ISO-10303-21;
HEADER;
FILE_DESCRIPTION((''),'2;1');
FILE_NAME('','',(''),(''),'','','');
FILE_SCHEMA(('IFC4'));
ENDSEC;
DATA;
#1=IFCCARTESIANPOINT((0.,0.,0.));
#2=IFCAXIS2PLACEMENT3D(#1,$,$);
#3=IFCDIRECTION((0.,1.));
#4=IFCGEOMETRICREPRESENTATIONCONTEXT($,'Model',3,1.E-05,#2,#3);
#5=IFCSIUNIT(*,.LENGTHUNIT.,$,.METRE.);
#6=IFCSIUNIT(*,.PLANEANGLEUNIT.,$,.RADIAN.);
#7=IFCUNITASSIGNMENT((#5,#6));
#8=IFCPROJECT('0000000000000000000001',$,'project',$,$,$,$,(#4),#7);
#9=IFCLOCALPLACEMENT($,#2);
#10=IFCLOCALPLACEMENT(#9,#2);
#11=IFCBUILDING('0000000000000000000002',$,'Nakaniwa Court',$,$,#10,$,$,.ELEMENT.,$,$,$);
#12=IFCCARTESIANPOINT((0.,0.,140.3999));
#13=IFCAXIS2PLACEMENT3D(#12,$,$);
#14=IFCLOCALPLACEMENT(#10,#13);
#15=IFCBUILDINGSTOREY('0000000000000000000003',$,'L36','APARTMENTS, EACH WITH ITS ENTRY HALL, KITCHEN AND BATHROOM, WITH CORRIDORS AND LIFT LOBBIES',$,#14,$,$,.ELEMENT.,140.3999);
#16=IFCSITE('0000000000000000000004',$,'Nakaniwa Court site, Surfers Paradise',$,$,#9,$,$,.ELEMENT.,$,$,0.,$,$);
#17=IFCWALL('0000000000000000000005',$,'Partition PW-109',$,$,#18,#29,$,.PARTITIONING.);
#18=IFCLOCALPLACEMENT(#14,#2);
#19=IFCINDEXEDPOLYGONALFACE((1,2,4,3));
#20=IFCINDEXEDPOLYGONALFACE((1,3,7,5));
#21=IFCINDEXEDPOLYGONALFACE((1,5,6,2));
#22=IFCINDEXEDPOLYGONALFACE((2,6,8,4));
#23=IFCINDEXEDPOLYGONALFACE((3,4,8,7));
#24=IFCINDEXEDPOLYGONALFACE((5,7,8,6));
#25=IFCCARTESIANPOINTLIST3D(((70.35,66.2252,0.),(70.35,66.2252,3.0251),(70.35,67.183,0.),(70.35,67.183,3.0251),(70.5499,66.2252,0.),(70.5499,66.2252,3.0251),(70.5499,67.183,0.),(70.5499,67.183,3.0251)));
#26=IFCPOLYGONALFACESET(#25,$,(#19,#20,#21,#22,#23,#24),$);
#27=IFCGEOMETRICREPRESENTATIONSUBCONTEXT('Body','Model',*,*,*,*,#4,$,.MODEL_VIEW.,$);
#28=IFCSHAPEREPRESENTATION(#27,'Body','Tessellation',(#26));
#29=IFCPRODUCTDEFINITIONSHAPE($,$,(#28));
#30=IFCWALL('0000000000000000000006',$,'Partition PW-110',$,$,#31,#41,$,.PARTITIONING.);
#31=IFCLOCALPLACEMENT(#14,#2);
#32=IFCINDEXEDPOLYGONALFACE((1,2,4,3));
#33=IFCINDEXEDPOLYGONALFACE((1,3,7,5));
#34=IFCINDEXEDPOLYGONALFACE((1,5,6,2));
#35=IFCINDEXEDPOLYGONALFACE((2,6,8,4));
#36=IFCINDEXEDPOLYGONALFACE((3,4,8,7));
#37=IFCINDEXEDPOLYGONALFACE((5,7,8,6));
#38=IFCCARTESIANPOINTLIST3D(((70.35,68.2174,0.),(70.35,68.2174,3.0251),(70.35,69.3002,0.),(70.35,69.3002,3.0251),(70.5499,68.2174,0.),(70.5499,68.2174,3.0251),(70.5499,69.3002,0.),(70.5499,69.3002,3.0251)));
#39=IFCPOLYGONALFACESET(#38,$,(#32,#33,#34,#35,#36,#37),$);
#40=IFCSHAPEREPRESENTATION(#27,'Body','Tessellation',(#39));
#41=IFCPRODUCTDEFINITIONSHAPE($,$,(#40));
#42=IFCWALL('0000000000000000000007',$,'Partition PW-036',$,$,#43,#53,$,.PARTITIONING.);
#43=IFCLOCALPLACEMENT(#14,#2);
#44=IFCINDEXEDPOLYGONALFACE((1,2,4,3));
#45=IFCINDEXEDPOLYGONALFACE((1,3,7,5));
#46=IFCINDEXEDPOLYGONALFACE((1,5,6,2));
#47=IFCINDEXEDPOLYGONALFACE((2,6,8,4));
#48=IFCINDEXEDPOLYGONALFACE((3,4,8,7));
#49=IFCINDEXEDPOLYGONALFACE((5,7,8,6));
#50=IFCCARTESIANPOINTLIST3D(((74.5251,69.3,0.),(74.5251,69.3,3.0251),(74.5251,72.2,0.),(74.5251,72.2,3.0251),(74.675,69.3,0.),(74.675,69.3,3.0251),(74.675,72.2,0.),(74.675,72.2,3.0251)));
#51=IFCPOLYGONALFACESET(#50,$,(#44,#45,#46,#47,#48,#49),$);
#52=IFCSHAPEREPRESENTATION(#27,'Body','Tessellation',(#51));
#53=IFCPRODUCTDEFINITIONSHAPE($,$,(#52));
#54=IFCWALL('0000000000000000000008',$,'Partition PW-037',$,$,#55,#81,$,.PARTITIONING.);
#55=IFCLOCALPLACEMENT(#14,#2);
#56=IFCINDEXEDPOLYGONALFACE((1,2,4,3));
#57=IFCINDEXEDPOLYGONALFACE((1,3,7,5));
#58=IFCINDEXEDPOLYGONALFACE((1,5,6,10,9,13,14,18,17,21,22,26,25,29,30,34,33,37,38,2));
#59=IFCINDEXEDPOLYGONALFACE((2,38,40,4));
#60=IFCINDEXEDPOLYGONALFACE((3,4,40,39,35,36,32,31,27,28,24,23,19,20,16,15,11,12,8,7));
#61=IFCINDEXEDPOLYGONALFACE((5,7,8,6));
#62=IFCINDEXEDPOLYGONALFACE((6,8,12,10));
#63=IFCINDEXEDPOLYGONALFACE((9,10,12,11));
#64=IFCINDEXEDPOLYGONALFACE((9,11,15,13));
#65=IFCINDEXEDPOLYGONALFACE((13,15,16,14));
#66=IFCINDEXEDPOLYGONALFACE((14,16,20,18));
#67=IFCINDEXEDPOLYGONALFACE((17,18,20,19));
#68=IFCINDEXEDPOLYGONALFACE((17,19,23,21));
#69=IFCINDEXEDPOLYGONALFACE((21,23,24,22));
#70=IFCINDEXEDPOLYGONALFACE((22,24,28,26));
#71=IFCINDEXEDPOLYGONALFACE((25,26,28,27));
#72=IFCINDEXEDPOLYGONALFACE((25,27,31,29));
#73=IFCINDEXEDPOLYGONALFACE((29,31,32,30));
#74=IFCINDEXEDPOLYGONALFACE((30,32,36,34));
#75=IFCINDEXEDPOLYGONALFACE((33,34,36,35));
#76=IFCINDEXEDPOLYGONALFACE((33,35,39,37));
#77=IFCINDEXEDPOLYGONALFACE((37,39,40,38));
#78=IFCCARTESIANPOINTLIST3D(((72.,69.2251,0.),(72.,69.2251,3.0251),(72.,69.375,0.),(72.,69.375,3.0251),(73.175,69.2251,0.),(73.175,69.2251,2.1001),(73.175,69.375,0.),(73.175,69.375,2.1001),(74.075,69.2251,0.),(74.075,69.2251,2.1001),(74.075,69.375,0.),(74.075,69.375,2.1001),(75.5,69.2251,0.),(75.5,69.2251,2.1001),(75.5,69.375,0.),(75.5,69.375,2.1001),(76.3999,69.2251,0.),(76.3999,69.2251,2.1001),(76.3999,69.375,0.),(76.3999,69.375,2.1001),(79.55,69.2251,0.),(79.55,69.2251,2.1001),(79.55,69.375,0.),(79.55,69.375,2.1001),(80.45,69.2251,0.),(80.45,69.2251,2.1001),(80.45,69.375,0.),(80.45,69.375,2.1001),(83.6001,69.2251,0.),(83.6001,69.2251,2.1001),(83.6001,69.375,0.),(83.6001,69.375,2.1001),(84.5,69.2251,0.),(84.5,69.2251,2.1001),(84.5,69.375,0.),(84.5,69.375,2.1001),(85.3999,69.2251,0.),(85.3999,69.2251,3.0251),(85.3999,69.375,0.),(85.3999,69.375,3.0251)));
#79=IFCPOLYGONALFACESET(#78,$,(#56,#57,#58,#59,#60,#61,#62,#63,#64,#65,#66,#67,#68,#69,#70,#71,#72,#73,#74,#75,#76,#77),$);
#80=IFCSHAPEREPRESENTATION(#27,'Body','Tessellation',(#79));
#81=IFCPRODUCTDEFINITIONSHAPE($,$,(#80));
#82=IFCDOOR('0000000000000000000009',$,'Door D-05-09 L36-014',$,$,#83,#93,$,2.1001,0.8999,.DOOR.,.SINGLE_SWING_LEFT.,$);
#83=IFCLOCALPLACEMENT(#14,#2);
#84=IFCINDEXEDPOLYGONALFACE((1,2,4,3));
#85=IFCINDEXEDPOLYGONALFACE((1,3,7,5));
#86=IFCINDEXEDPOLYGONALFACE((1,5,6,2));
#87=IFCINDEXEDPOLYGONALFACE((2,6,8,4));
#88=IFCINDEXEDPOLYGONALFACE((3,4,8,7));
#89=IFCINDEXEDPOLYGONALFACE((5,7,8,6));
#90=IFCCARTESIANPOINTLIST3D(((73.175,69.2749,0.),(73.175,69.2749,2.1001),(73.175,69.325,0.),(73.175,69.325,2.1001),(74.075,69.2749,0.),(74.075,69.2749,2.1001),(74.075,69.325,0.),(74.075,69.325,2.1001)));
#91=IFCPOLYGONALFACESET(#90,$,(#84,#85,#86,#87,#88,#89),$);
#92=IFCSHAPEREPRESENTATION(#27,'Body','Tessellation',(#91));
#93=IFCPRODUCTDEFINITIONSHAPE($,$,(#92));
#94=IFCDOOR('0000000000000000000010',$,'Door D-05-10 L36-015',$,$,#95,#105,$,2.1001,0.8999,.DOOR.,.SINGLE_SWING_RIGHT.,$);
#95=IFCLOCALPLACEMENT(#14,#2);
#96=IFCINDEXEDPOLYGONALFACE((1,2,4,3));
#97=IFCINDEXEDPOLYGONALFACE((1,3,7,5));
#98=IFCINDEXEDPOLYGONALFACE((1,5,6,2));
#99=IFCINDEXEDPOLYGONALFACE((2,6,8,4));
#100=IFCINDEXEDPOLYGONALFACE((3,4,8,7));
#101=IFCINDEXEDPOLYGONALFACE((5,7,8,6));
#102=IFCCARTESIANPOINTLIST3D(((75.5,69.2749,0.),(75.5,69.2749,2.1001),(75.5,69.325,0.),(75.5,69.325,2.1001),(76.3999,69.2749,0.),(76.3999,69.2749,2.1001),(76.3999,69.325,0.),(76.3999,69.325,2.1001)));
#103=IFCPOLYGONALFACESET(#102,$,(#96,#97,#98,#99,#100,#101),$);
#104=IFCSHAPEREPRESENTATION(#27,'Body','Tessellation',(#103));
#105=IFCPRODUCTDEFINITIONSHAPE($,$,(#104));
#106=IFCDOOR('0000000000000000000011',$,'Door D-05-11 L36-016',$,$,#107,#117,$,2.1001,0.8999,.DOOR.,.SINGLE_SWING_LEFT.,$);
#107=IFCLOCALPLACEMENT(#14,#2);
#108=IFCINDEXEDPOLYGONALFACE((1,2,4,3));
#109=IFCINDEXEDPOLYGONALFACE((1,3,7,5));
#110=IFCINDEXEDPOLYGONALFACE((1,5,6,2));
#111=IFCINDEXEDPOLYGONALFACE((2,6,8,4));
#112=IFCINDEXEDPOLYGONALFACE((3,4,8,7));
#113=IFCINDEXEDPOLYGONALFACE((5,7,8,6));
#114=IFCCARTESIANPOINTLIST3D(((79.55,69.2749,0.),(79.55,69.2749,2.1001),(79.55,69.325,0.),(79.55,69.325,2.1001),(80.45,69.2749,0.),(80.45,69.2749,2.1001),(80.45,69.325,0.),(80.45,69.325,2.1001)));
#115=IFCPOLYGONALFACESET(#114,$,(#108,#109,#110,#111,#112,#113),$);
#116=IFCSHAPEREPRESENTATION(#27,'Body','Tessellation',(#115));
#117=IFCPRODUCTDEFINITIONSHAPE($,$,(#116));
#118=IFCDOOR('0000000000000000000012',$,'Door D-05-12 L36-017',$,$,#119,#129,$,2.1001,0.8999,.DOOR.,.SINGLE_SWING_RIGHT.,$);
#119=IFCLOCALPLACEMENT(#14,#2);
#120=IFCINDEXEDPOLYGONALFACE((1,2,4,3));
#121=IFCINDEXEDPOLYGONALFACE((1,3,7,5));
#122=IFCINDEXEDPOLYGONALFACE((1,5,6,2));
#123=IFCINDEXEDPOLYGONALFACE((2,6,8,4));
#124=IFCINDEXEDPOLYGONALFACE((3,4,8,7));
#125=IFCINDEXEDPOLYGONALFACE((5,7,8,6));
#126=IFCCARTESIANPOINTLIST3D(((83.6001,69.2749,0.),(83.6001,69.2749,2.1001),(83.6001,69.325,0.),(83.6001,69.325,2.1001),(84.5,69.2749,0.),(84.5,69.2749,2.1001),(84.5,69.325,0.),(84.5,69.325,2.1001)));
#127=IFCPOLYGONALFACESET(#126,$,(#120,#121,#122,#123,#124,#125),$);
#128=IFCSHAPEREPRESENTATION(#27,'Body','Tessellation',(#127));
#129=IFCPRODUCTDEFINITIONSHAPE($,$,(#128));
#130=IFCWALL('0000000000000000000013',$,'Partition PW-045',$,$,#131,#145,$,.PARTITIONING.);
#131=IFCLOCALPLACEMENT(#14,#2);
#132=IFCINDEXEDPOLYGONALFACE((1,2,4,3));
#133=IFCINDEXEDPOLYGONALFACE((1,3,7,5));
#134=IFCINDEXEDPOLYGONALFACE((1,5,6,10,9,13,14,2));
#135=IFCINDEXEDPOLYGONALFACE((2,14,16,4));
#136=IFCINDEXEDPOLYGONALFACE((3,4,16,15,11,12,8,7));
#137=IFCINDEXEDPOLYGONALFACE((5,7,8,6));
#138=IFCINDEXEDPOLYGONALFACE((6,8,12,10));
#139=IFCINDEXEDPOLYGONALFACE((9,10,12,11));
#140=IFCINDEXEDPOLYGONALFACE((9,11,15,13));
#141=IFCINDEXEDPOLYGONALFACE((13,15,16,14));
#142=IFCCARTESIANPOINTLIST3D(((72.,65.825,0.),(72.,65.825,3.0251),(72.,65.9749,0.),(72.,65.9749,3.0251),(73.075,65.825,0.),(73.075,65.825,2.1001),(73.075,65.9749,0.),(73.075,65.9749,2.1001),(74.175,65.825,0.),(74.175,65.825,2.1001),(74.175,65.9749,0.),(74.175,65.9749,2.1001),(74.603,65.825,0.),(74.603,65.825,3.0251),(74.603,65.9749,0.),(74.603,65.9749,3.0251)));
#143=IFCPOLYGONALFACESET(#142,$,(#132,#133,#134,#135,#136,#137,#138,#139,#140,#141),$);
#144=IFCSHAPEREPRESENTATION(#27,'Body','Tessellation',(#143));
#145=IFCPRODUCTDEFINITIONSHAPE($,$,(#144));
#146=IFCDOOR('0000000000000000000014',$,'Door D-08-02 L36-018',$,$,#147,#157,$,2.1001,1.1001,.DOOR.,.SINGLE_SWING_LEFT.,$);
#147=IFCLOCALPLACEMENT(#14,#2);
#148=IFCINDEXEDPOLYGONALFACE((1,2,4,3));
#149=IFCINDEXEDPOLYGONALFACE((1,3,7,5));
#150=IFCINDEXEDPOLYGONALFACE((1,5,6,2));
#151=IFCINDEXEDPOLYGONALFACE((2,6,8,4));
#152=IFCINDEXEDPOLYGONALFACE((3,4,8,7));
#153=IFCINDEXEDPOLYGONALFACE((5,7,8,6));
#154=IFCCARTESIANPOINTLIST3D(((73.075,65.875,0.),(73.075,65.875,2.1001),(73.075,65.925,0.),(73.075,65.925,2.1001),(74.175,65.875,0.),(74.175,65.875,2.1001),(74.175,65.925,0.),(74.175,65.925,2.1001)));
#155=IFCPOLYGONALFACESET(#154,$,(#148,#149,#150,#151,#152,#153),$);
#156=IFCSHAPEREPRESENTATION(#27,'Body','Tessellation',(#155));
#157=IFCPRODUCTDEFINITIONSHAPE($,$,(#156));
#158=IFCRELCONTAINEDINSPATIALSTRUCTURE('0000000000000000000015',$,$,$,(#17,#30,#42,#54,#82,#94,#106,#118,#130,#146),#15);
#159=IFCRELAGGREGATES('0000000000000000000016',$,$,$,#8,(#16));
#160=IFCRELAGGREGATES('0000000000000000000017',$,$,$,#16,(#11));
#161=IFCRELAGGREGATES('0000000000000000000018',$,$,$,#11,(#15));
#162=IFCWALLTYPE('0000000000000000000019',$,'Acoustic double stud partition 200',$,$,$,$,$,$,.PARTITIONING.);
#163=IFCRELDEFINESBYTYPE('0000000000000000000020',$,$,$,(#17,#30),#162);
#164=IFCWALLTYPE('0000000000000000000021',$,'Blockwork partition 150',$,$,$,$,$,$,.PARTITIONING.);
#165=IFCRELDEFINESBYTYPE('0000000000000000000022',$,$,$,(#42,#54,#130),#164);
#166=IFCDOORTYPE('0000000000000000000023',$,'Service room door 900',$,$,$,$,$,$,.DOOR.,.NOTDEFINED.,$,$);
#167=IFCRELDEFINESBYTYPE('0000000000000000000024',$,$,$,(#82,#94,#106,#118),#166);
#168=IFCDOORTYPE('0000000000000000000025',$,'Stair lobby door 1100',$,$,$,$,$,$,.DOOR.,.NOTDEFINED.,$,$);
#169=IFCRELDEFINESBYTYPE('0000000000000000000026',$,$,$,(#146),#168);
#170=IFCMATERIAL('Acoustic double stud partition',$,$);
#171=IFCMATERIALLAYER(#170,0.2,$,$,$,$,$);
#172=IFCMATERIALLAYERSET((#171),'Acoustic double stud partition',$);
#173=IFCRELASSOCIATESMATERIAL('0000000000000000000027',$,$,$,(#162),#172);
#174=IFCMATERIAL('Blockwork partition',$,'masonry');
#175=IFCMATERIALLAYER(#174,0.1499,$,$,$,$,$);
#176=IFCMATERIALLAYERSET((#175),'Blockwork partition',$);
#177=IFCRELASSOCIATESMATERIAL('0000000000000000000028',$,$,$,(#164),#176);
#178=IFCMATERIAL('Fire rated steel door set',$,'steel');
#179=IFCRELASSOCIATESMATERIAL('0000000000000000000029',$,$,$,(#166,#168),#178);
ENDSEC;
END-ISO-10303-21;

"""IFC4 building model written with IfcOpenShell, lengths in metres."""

from ifc_helpers import new_model, si_unit, direction, frame, frame_2d, origin, place, context, subcontext, project, spatial, rectangle, extrude, material, layer, layer_set, type_object, element, fill, save


model = new_model("IFC4")

# Units and contexts
model_context = context("Model", 3, precision=1e-05, world=origin(), true_north=direction((0.0, 1.0)))
body_context = subcontext(model_context, "Body", "Model", "MODEL_VIEW")
ifc_project = project(units=[si_unit("LENGTHUNIT", "METRE"), si_unit("PLANEANGLEUNIT", "RADIAN")], contexts=[model_context])

# Site, building, storey
site_placement = place(None, origin())
site = spatial("IfcSite", under=ifc_project, at=site_placement, Name="Nakaniwa Court site, Surfers Paradise", CompositionType="ELEMENT", RefElevation=0.0)
building_placement = place(site_placement, origin())
building = spatial("IfcBuilding", under=site, at=building_placement, Name="Nakaniwa Court", CompositionType="ELEMENT")
storey_placement = place(building_placement, frame((0.0, 0.0, 140.3999)))
storey = spatial("IfcBuildingStorey", under=building, at=storey_placement, Name="L36", Description="APARTMENTS, EACH WITH ITS ENTRY HALL, KITCHEN AND BATHROOM, WITH CORRIDORS AND LIFT LOBBIES", CompositionType="ELEMENT", Elevation=140.3999)

# Walls
ifc_material_1 = material(Name="Acoustic double stud partition")
ifc_layer_1 = layer(ifc_material_1, 0.2)
ifc_layer_set_1 = layer_set([ifc_layer_1], Name="Acoustic double stud partition")
wall_type_1 = type_object("IfcWallType", Name="Acoustic double stud partition 200", PredefinedType="PARTITIONING", material=ifc_layer_set_1)
wall_1_placement = place(storey_placement, frame((70.45, 66.2251, 0.0), z_axis=(0.0, 0.0, 1.0), x_axis=(0.0, 1.0, 0.0)))
element("IfcWall", 1, at=wall_1_placement, inside=storey, type_object=wall_type_1, Name="Partition PW-109", PredefinedType="PARTITIONING", context=body_context, shape_type="SweptSolid", body=[
    extrude(rectangle(XDim=0.9578, YDim=0.2, at=frame_2d((0.479, 0.0))), origin(), (0.0, 0.0, 1.0), 3.0251),
])
wall_2_placement = place(storey_placement, frame((70.45, 68.2173, 0.0), z_axis=(0.0, 0.0, 1.0), x_axis=(0.0, 1.0, 0.0)))
element("IfcWall", 2, at=wall_2_placement, inside=storey, type_object=wall_type_1, Name="Partition PW-110", PredefinedType="PARTITIONING", context=body_context, shape_type="SweptSolid", body=[
    extrude(rectangle(XDim=1.0828, YDim=0.2, at=frame_2d((0.5415, 0.0))), origin(), (0.0, 0.0, 1.0), 3.0251),
])
ifc_material_2 = material(Name="Blockwork partition", Category="masonry")
ifc_layer_2 = layer(ifc_material_2, 0.1499)
ifc_layer_set_2 = layer_set([ifc_layer_2], Name="Blockwork partition")
wall_type_2 = type_object("IfcWallType", Name="Blockwork partition 150", PredefinedType="PARTITIONING", material=ifc_layer_set_2)
wall_3_placement = place(storey_placement, frame((74.6001, 69.3, 0.0), z_axis=(0.0, 0.0, 1.0), x_axis=(0.0, 1.0, 0.0)))
element("IfcWall", 3, at=wall_3_placement, inside=storey, type_object=wall_type_2, Name="Partition PW-036", PredefinedType="PARTITIONING", context=body_context, shape_type="SweptSolid", body=[
    extrude(rectangle(XDim=2.8999, YDim=0.1499, at=frame_2d((1.45, 0.0))), origin(), (0.0, 0.0, 1.0), 3.0251),
])

# Wall, openings, doors
wall_4_placement = place(storey_placement, frame((72.0, 69.3, 0.0), z_axis=(0.0, 0.0, 1.0), x_axis=(1.0, 0.0, 0.0)))
wall_4 = element("IfcWall", 4, at=wall_4_placement, inside=storey, type_object=wall_type_2, Name="Partition PW-037", PredefinedType="PARTITIONING", context=body_context, shape_type="SweptSolid", body=[
    extrude(rectangle(XDim=13.3999, YDim=0.1499, at=frame_2d((6.7, 0.0))), origin(), (0.0, 0.0, 1.0), 3.0251),
])
opening_1_placement = place(wall_4_placement, frame((1.175, 0.0, 0.0)))
opening_1 = element("IfcOpeningElement", 5, at=opening_1_placement, cuts=wall_4, PredefinedType="OPENING", context=body_context, shape_type="SweptSolid", body=[
    extrude(rectangle(XDim=0.8999, YDim=2.1001, at=frame_2d((0.45, 1.05))), frame((0.0, 0.085, 0.0), z_axis=(0.0, -1.0, 0.0), x_axis=(1.0, 0.0, 0.0)), (0.0, 0.0, 1.0), 0.1699),
])
opening_2_placement = place(wall_4_placement, frame((3.5, 0.0, 0.0)))
opening_2 = element("IfcOpeningElement", 6, at=opening_2_placement, cuts=wall_4, PredefinedType="OPENING", context=body_context, shape_type="SweptSolid", body=[
    extrude(rectangle(XDim=0.8999, YDim=2.1001, at=frame_2d((0.45, 1.05))), frame((0.0, 0.085, 0.0), z_axis=(0.0, -1.0, 0.0), x_axis=(1.0, 0.0, 0.0)), (0.0, 0.0, 1.0), 0.1699),
])
opening_3_placement = place(wall_4_placement, frame((7.55, 0.0, 0.0)))
opening_3 = element("IfcOpeningElement", 7, at=opening_3_placement, cuts=wall_4, PredefinedType="OPENING", context=body_context, shape_type="SweptSolid", body=[
    extrude(rectangle(XDim=0.8999, YDim=2.1001, at=frame_2d((0.45, 1.05))), frame((0.0, 0.085, 0.0), z_axis=(0.0, -1.0, 0.0), x_axis=(1.0, 0.0, 0.0)), (0.0, 0.0, 1.0), 0.1699),
])
opening_4_placement = place(wall_4_placement, frame((11.6001, 0.0, 0.0)))
opening_4 = element("IfcOpeningElement", 8, at=opening_4_placement, cuts=wall_4, PredefinedType="OPENING", context=body_context, shape_type="SweptSolid", body=[
    extrude(rectangle(XDim=0.8999, YDim=2.1001, at=frame_2d((0.45, 1.05))), frame((0.0, 0.085, 0.0), z_axis=(0.0, -1.0, 0.0), x_axis=(1.0, 0.0, 0.0)), (0.0, 0.0, 1.0), 0.1699),
])
ifc_material_3 = material(Name="Fire rated steel door set", Category="steel")
door_type_1 = type_object("IfcDoorType", Name="Service room door 900", OperationType="NOTDEFINED", PredefinedType="DOOR", material=ifc_material_3)
door_1_placement = place(opening_1_placement, origin())
door_1 = element("IfcDoor", 9, at=door_1_placement, inside=storey, type_object=door_type_1, Name="Door D-05-09 L36-014", OperationType="SINGLE_SWING_LEFT", OverallHeight=2.1001, OverallWidth=0.8999, PredefinedType="DOOR", context=body_context, shape_type="SweptSolid", body=[
    extrude(rectangle(XDim=0.8999, YDim=2.1001, at=frame_2d((0.45, 1.05))), frame((0.0, 0.0249, 0.0), z_axis=(0.0, -1.0, 0.0), x_axis=(1.0, 0.0, 0.0)), (0.0, 0.0, 1.0), 0.05),
])
fill(opening_1, door_1)
door_2_placement = place(opening_2_placement, origin())
door_2 = element("IfcDoor", 10, at=door_2_placement, inside=storey, type_object=door_type_1, Name="Door D-05-10 L36-015", OperationType="SINGLE_SWING_RIGHT", OverallHeight=2.1001, OverallWidth=0.8999, PredefinedType="DOOR", context=body_context, shape_type="SweptSolid", body=[
    extrude(rectangle(XDim=0.8999, YDim=2.1001, at=frame_2d((0.45, 1.05))), frame((0.0, 0.0249, 0.0), z_axis=(0.0, -1.0, 0.0), x_axis=(1.0, 0.0, 0.0)), (0.0, 0.0, 1.0), 0.05),
])
fill(opening_2, door_2)
door_3_placement = place(opening_3_placement, origin())
door_3 = element("IfcDoor", 11, at=door_3_placement, inside=storey, type_object=door_type_1, Name="Door D-05-11 L36-016", OperationType="SINGLE_SWING_LEFT", OverallHeight=2.1001, OverallWidth=0.8999, PredefinedType="DOOR", context=body_context, shape_type="SweptSolid", body=[
    extrude(rectangle(XDim=0.8999, YDim=2.1001, at=frame_2d((0.45, 1.05))), frame((0.0, 0.0249, 0.0), z_axis=(0.0, -1.0, 0.0), x_axis=(1.0, 0.0, 0.0)), (0.0, 0.0, 1.0), 0.05),
])
fill(opening_3, door_3)
door_4_placement = place(opening_4_placement, origin())
door_4 = element("IfcDoor", 12, at=door_4_placement, inside=storey, type_object=door_type_1, Name="Door D-05-12 L36-017", OperationType="SINGLE_SWING_RIGHT", OverallHeight=2.1001, OverallWidth=0.8999, PredefinedType="DOOR", context=body_context, shape_type="SweptSolid", body=[
    extrude(rectangle(XDim=0.8999, YDim=2.1001, at=frame_2d((0.45, 1.05))), frame((0.0, 0.0249, 0.0), z_axis=(0.0, -1.0, 0.0), x_axis=(1.0, 0.0, 0.0)), (0.0, 0.0, 1.0), 0.05),
])
fill(opening_4, door_4)

# Wall, opening, door
wall_5_placement = place(storey_placement, frame((74.603, 65.8999, 0.0), z_axis=(0.0, 0.0, 1.0), x_axis=(-1.0, 0.0, 0.0)))
wall_5 = element("IfcWall", 13, at=wall_5_placement, inside=storey, type_object=wall_type_2, Name="Partition PW-045", PredefinedType="PARTITIONING", context=body_context, shape_type="SweptSolid", body=[
    extrude(rectangle(XDim=2.603, YDim=0.1499, at=frame_2d((1.3015, 0.0))), origin(), (0.0, 0.0, 1.0), 3.0251),
])
opening_5_placement = place(wall_5_placement, frame((0.428, 0.0, 0.0)))
opening_5 = element("IfcOpeningElement", 14, at=opening_5_placement, cuts=wall_5, PredefinedType="OPENING", context=body_context, shape_type="SweptSolid", body=[
    extrude(rectangle(XDim=1.1001, YDim=2.1001, at=frame_2d((0.55, 1.05))), frame((0.0, 0.085, 0.0), z_axis=(0.0, -1.0, 0.0), x_axis=(1.0, 0.0, 0.0)), (0.0, 0.0, 1.0), 0.1699),
])
door_type_2 = type_object("IfcDoorType", Name="Stair lobby door 1100", OperationType="NOTDEFINED", PredefinedType="DOOR", material=ifc_material_3)
door_5_placement = place(opening_5_placement, origin())
door_5 = element("IfcDoor", 15, at=door_5_placement, inside=storey, type_object=door_type_2, Name="Door D-08-02 L36-018", OperationType="SINGLE_SWING_LEFT", OverallHeight=2.1001, OverallWidth=1.1001, PredefinedType="DOOR", context=body_context, shape_type="SweptSolid", body=[
    extrude(rectangle(XDim=1.1001, YDim=2.1001, at=frame_2d((0.55, 1.05))), frame((0.0, 0.0249, 0.0), z_axis=(0.0, -1.0, 0.0), x_axis=(1.0, 0.0, 0.0)), (0.0, 0.0, 1.0), 0.05),
])
fill(opening_5, door_5)

save(model, "model.ifc")
